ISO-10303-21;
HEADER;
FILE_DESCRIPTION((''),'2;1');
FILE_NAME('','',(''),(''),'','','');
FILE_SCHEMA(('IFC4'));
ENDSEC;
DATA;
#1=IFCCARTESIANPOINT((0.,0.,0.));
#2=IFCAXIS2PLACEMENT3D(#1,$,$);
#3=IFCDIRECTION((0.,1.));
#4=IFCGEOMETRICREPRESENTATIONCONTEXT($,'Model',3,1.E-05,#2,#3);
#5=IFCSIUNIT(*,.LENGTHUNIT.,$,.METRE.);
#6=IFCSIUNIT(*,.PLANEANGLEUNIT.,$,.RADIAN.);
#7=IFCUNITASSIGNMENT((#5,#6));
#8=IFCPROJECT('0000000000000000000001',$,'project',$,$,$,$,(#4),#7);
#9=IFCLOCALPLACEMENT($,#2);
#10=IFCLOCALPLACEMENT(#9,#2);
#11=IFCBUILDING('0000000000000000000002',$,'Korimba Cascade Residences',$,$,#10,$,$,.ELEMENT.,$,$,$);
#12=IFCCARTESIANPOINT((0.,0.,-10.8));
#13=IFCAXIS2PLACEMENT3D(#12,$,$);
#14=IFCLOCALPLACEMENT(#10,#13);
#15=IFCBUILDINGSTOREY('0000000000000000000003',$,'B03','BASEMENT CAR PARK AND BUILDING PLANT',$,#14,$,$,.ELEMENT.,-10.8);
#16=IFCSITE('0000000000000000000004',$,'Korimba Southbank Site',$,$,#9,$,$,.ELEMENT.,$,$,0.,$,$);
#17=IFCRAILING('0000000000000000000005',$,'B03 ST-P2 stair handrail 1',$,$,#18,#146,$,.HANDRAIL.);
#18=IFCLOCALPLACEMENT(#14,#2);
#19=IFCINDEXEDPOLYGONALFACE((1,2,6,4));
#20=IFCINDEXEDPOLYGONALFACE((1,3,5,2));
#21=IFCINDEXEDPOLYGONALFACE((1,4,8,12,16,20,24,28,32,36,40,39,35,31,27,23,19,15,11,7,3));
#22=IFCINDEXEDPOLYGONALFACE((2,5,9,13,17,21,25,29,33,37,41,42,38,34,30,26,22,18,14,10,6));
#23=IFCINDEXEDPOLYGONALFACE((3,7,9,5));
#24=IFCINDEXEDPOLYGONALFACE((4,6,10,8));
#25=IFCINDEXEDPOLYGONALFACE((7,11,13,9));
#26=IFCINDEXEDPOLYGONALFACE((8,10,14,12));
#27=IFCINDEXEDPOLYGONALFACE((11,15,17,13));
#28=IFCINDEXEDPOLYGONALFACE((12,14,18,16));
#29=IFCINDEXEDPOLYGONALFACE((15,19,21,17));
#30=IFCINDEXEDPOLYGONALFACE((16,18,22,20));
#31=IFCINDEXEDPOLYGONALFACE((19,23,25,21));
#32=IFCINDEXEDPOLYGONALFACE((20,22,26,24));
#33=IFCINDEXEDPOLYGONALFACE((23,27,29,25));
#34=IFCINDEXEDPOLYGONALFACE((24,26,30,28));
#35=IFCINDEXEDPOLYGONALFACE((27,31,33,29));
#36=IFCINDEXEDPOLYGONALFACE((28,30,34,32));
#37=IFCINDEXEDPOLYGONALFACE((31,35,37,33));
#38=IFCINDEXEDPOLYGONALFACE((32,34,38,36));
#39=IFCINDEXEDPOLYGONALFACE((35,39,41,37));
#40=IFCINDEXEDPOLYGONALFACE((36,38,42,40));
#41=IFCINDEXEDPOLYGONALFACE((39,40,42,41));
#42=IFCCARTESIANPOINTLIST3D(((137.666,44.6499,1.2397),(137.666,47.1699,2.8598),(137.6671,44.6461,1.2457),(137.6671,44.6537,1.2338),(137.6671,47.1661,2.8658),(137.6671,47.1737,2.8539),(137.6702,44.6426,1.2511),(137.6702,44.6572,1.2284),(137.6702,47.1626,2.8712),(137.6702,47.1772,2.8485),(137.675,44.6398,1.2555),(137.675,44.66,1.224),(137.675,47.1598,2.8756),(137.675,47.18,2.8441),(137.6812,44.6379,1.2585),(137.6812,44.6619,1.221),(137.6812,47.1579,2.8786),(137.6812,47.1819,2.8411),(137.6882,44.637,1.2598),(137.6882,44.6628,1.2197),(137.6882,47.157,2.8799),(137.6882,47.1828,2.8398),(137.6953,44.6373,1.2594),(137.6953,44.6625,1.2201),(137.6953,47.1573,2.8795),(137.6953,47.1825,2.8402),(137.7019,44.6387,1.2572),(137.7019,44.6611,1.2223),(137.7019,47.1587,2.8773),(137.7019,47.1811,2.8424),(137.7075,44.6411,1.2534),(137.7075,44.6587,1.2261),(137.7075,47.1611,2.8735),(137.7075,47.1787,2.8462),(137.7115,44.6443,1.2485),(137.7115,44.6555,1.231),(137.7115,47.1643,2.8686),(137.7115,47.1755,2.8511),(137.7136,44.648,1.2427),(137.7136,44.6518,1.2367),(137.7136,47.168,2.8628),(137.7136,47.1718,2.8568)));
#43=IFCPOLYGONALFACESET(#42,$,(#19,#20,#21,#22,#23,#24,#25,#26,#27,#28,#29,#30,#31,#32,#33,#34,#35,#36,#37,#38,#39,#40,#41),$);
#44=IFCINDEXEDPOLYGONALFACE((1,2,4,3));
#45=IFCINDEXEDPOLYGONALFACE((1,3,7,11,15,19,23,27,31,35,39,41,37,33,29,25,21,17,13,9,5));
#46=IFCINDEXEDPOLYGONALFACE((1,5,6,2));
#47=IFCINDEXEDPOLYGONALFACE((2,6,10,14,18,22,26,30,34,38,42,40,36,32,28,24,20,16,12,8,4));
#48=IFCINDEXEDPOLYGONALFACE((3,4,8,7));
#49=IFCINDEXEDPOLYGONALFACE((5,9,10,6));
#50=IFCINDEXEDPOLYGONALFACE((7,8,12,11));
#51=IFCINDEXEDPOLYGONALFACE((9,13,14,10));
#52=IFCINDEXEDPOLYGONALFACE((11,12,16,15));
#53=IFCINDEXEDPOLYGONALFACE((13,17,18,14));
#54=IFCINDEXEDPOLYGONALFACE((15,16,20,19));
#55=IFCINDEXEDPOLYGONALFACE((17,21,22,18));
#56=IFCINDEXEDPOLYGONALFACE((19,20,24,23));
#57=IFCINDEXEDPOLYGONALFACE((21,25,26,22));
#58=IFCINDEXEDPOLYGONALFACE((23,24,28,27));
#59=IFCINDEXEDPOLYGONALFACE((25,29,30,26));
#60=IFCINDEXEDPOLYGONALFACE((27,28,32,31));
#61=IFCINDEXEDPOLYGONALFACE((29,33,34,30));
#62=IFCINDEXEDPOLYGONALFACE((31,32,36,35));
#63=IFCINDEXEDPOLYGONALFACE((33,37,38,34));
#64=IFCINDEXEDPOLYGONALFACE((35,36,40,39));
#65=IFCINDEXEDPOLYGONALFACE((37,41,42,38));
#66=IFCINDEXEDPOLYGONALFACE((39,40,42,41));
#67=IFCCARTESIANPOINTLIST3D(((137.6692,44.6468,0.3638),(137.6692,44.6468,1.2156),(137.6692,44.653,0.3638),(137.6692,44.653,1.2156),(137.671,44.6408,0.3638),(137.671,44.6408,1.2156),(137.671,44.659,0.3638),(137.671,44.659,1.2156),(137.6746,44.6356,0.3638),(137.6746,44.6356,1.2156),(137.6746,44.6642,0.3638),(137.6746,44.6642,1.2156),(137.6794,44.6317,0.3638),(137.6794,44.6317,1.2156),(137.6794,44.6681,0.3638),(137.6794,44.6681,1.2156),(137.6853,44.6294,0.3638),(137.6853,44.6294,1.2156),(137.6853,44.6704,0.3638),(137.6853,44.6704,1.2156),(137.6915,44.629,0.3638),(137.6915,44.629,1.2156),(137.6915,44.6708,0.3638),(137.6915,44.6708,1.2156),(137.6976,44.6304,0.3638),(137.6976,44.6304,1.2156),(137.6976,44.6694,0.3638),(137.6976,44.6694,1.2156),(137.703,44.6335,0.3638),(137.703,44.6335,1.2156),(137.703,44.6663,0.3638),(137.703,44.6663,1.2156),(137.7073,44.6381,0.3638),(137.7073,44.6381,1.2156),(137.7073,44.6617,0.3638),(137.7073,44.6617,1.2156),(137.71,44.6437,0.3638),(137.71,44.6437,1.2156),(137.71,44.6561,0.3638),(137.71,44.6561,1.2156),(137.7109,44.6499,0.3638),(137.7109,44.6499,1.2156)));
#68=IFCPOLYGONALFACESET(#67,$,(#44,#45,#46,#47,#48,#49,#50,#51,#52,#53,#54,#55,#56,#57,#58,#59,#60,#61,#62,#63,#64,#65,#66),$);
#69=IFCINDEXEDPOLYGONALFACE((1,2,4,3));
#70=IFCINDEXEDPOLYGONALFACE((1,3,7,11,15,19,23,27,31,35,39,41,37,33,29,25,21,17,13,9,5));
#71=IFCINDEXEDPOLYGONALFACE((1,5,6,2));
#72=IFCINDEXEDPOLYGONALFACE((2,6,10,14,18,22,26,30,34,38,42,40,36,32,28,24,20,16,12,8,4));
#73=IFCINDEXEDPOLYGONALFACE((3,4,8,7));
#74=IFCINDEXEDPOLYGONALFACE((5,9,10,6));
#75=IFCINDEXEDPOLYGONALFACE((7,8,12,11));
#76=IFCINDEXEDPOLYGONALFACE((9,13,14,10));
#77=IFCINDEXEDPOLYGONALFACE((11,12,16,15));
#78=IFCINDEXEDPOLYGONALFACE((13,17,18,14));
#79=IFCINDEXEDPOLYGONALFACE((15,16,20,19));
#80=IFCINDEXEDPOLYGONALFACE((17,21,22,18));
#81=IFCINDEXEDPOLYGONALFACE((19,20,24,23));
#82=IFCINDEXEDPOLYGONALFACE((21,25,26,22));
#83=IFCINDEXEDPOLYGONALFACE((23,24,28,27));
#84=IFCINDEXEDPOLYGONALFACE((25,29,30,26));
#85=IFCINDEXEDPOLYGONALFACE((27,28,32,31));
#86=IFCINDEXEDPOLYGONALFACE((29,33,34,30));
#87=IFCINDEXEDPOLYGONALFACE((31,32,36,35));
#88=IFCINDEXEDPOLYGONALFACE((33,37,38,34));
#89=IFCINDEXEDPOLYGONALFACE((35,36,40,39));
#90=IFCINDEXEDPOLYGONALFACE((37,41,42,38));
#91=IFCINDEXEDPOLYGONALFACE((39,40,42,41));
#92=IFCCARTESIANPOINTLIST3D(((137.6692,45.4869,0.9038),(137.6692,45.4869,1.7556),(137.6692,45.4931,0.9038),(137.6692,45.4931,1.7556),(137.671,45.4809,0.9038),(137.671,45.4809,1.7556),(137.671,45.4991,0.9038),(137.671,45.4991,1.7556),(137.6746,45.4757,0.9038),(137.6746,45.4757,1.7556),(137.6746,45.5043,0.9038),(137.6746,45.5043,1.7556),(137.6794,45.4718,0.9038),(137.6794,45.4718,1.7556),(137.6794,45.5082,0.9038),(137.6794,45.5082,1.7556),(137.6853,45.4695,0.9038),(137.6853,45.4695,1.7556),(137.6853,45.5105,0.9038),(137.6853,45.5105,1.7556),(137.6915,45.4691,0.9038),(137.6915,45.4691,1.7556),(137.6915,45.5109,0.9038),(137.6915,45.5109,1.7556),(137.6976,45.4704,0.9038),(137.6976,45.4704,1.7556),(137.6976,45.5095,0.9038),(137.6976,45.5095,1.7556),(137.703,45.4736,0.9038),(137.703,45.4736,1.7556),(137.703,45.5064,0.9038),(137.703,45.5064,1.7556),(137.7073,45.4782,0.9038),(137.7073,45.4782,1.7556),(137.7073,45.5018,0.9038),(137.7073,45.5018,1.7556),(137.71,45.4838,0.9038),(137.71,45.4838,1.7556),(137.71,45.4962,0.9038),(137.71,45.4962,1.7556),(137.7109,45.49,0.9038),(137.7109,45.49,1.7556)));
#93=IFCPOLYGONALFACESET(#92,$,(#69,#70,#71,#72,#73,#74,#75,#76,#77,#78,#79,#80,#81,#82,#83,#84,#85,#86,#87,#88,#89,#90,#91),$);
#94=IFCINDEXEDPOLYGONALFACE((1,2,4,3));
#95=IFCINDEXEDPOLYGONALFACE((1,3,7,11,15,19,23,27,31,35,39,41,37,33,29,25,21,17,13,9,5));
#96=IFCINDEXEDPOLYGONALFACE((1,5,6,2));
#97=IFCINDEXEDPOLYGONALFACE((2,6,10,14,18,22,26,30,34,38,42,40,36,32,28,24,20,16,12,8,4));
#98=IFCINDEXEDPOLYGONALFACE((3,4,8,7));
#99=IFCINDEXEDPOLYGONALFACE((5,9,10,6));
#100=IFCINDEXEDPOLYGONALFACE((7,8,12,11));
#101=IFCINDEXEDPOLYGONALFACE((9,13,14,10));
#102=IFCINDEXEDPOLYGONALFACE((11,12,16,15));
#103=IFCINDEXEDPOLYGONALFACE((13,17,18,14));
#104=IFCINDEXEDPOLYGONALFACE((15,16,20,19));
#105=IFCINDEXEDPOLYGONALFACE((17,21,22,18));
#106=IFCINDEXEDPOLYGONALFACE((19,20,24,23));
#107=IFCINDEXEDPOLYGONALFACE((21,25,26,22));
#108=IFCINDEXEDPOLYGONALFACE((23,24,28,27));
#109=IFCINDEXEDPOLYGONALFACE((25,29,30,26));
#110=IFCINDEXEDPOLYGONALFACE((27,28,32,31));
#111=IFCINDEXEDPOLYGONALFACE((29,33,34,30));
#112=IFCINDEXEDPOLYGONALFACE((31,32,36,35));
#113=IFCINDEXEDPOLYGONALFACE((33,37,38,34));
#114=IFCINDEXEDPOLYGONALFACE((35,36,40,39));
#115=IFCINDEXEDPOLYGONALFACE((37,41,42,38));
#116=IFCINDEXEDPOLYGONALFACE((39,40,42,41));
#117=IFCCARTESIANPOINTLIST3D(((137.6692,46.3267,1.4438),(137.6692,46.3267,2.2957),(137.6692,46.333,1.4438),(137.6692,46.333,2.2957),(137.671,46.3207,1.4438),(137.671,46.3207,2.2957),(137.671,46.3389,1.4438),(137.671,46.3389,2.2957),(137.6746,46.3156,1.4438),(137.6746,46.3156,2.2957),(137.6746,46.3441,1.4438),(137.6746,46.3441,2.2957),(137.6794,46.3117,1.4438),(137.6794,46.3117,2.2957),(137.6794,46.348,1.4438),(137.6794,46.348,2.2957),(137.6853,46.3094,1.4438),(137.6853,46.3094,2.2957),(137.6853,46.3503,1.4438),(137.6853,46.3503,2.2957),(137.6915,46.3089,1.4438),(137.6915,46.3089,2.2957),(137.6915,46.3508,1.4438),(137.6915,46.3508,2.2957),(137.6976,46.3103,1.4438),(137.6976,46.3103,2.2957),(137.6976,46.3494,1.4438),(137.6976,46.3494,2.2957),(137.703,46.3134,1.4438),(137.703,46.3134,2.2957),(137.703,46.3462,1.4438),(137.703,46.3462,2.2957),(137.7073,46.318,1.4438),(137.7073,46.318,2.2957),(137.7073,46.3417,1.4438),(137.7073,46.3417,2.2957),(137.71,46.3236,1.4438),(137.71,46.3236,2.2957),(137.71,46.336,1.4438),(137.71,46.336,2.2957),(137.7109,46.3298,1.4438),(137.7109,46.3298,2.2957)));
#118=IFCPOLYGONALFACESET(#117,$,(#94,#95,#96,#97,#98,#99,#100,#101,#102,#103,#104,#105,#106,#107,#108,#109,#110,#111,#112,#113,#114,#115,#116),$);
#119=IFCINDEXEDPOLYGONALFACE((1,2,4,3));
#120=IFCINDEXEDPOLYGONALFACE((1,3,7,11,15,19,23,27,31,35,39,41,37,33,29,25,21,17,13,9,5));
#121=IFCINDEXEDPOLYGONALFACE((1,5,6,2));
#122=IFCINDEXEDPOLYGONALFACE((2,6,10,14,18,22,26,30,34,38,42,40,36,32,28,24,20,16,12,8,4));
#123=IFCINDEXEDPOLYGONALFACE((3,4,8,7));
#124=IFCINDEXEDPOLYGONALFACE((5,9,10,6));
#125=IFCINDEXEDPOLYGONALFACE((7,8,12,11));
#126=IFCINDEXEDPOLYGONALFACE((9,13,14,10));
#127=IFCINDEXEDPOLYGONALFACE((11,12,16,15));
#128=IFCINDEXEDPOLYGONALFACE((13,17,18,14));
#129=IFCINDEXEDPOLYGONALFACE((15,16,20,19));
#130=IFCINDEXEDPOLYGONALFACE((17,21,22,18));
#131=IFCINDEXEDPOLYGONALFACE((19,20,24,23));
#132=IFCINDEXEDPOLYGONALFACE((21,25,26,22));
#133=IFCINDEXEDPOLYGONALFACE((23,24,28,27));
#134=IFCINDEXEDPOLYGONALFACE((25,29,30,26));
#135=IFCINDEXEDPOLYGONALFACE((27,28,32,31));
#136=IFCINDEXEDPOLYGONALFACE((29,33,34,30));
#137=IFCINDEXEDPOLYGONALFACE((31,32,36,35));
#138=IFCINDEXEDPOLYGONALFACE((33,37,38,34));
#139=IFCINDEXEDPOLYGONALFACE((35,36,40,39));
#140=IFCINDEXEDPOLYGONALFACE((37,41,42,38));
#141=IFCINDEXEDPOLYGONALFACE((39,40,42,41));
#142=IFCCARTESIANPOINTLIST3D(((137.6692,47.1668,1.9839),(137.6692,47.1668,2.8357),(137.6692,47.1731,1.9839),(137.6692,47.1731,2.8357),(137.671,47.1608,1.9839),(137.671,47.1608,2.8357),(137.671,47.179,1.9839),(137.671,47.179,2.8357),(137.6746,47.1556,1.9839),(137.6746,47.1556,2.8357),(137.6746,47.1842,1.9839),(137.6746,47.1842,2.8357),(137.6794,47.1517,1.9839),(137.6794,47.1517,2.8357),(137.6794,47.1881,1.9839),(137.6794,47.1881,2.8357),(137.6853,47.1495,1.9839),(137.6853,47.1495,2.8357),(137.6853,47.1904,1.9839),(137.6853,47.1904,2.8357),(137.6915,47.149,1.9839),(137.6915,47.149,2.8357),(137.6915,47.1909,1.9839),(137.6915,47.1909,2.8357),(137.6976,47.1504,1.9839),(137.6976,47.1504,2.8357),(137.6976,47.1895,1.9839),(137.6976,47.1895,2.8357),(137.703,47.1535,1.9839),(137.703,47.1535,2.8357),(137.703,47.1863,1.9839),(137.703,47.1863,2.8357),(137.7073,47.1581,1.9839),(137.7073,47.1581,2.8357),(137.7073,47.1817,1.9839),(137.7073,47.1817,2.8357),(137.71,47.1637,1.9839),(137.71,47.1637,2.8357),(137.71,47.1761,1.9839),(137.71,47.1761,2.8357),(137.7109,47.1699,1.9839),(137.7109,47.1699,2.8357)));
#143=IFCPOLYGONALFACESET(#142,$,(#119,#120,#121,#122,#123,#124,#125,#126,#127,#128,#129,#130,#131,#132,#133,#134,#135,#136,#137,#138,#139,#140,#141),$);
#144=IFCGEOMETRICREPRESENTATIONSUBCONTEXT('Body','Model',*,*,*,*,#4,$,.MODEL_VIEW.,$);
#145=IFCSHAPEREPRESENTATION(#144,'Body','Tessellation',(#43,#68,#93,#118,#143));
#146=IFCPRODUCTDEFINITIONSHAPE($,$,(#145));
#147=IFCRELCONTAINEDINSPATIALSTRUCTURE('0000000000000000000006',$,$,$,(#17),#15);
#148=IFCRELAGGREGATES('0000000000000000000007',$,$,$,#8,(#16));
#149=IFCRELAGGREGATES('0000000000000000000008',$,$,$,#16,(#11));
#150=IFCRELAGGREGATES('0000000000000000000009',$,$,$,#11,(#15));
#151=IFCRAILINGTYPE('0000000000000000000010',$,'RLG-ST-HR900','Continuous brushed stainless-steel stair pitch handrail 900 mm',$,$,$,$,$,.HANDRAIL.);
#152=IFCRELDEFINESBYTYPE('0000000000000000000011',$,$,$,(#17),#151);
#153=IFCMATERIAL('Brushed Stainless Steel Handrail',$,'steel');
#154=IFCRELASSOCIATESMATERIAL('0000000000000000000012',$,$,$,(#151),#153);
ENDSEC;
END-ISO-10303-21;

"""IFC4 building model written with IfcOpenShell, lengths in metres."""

from ifc_helpers import new_model, si_unit, direction, frame, origin, origin_2d, place, context, subcontext, project, spatial, circle, extrude, material, type_object, element, save


model = new_model("IFC4")

# Units and contexts
model_context = context("Model", 3, precision=1e-05, world=origin(), true_north=direction((0.0, 1.0)))
body_context = subcontext(model_context, "Body", "Model", "MODEL_VIEW")
ifc_project = project(units=[si_unit("LENGTHUNIT", "METRE"), si_unit("PLANEANGLEUNIT", "RADIAN")], contexts=[model_context])

# Site, building, storey
site_placement = place(None, origin())
site = spatial("IfcSite", under=ifc_project, at=site_placement, Name="Korimba Southbank Site", CompositionType="ELEMENT", RefElevation=0.0)
building_placement = place(site_placement, origin())
building = spatial("IfcBuilding", under=site, at=building_placement, Name="Korimba Cascade Residences", CompositionType="ELEMENT")
storey_placement = place(building_placement, frame((0.0, 0.0, -10.8)))
storey = spatial("IfcBuildingStorey", under=building, at=storey_placement, Name="B03", Description="BASEMENT CAR PARK AND BUILDING PLANT", CompositionType="ELEMENT", Elevation=-10.8)

# Railing
ifc_material_1 = material(Name="Brushed Stainless Steel Handrail", Category="steel")
railing_type_1 = type_object("IfcRailingType", Name="RLG-ST-HR900", Description="Continuous brushed stainless-steel stair pitch handrail 900 mm", PredefinedType="HANDRAIL", material=ifc_material_1)
railing_1_placement = place(storey_placement, frame((137.6899, 44.6499, 0.3638)))
element("IfcRailing", 1, at=railing_1_placement, inside=storey, type_object=railing_type_1, Name="B03 ST-P2 stair handrail 1", PredefinedType="HANDRAIL", context=body_context, shape_type="SweptSolid", body=[
    extrude(circle(Radius=0.0239, at=origin_2d()), frame((0.0, 0.0, 0.876), z_axis=(0.0, 0.841163, 0.540782), x_axis=(-1.0, 0.0, 0.0)), (0.0, 0.0, 1.0), 2.9958),
    extrude(circle(Radius=0.021, at=origin_2d()), origin(), (0.0, 0.0, 1.0), 0.8518),
    extrude(circle(Radius=0.021, at=origin_2d()), frame((0.0, 0.8401, 0.54)), (0.0, 0.0, 1.0), 0.8518),
    extrude(circle(Radius=0.021, at=origin_2d()), frame((0.0, 1.6799, 1.0801)), (0.0, 0.0, 1.0), 0.8518),
    extrude(circle(Radius=0.021, at=origin_2d()), frame((0.0, 2.52, 1.6201)), (0.0, 0.0, 1.0), 0.8518),
])

save(model, "model.ifc")
